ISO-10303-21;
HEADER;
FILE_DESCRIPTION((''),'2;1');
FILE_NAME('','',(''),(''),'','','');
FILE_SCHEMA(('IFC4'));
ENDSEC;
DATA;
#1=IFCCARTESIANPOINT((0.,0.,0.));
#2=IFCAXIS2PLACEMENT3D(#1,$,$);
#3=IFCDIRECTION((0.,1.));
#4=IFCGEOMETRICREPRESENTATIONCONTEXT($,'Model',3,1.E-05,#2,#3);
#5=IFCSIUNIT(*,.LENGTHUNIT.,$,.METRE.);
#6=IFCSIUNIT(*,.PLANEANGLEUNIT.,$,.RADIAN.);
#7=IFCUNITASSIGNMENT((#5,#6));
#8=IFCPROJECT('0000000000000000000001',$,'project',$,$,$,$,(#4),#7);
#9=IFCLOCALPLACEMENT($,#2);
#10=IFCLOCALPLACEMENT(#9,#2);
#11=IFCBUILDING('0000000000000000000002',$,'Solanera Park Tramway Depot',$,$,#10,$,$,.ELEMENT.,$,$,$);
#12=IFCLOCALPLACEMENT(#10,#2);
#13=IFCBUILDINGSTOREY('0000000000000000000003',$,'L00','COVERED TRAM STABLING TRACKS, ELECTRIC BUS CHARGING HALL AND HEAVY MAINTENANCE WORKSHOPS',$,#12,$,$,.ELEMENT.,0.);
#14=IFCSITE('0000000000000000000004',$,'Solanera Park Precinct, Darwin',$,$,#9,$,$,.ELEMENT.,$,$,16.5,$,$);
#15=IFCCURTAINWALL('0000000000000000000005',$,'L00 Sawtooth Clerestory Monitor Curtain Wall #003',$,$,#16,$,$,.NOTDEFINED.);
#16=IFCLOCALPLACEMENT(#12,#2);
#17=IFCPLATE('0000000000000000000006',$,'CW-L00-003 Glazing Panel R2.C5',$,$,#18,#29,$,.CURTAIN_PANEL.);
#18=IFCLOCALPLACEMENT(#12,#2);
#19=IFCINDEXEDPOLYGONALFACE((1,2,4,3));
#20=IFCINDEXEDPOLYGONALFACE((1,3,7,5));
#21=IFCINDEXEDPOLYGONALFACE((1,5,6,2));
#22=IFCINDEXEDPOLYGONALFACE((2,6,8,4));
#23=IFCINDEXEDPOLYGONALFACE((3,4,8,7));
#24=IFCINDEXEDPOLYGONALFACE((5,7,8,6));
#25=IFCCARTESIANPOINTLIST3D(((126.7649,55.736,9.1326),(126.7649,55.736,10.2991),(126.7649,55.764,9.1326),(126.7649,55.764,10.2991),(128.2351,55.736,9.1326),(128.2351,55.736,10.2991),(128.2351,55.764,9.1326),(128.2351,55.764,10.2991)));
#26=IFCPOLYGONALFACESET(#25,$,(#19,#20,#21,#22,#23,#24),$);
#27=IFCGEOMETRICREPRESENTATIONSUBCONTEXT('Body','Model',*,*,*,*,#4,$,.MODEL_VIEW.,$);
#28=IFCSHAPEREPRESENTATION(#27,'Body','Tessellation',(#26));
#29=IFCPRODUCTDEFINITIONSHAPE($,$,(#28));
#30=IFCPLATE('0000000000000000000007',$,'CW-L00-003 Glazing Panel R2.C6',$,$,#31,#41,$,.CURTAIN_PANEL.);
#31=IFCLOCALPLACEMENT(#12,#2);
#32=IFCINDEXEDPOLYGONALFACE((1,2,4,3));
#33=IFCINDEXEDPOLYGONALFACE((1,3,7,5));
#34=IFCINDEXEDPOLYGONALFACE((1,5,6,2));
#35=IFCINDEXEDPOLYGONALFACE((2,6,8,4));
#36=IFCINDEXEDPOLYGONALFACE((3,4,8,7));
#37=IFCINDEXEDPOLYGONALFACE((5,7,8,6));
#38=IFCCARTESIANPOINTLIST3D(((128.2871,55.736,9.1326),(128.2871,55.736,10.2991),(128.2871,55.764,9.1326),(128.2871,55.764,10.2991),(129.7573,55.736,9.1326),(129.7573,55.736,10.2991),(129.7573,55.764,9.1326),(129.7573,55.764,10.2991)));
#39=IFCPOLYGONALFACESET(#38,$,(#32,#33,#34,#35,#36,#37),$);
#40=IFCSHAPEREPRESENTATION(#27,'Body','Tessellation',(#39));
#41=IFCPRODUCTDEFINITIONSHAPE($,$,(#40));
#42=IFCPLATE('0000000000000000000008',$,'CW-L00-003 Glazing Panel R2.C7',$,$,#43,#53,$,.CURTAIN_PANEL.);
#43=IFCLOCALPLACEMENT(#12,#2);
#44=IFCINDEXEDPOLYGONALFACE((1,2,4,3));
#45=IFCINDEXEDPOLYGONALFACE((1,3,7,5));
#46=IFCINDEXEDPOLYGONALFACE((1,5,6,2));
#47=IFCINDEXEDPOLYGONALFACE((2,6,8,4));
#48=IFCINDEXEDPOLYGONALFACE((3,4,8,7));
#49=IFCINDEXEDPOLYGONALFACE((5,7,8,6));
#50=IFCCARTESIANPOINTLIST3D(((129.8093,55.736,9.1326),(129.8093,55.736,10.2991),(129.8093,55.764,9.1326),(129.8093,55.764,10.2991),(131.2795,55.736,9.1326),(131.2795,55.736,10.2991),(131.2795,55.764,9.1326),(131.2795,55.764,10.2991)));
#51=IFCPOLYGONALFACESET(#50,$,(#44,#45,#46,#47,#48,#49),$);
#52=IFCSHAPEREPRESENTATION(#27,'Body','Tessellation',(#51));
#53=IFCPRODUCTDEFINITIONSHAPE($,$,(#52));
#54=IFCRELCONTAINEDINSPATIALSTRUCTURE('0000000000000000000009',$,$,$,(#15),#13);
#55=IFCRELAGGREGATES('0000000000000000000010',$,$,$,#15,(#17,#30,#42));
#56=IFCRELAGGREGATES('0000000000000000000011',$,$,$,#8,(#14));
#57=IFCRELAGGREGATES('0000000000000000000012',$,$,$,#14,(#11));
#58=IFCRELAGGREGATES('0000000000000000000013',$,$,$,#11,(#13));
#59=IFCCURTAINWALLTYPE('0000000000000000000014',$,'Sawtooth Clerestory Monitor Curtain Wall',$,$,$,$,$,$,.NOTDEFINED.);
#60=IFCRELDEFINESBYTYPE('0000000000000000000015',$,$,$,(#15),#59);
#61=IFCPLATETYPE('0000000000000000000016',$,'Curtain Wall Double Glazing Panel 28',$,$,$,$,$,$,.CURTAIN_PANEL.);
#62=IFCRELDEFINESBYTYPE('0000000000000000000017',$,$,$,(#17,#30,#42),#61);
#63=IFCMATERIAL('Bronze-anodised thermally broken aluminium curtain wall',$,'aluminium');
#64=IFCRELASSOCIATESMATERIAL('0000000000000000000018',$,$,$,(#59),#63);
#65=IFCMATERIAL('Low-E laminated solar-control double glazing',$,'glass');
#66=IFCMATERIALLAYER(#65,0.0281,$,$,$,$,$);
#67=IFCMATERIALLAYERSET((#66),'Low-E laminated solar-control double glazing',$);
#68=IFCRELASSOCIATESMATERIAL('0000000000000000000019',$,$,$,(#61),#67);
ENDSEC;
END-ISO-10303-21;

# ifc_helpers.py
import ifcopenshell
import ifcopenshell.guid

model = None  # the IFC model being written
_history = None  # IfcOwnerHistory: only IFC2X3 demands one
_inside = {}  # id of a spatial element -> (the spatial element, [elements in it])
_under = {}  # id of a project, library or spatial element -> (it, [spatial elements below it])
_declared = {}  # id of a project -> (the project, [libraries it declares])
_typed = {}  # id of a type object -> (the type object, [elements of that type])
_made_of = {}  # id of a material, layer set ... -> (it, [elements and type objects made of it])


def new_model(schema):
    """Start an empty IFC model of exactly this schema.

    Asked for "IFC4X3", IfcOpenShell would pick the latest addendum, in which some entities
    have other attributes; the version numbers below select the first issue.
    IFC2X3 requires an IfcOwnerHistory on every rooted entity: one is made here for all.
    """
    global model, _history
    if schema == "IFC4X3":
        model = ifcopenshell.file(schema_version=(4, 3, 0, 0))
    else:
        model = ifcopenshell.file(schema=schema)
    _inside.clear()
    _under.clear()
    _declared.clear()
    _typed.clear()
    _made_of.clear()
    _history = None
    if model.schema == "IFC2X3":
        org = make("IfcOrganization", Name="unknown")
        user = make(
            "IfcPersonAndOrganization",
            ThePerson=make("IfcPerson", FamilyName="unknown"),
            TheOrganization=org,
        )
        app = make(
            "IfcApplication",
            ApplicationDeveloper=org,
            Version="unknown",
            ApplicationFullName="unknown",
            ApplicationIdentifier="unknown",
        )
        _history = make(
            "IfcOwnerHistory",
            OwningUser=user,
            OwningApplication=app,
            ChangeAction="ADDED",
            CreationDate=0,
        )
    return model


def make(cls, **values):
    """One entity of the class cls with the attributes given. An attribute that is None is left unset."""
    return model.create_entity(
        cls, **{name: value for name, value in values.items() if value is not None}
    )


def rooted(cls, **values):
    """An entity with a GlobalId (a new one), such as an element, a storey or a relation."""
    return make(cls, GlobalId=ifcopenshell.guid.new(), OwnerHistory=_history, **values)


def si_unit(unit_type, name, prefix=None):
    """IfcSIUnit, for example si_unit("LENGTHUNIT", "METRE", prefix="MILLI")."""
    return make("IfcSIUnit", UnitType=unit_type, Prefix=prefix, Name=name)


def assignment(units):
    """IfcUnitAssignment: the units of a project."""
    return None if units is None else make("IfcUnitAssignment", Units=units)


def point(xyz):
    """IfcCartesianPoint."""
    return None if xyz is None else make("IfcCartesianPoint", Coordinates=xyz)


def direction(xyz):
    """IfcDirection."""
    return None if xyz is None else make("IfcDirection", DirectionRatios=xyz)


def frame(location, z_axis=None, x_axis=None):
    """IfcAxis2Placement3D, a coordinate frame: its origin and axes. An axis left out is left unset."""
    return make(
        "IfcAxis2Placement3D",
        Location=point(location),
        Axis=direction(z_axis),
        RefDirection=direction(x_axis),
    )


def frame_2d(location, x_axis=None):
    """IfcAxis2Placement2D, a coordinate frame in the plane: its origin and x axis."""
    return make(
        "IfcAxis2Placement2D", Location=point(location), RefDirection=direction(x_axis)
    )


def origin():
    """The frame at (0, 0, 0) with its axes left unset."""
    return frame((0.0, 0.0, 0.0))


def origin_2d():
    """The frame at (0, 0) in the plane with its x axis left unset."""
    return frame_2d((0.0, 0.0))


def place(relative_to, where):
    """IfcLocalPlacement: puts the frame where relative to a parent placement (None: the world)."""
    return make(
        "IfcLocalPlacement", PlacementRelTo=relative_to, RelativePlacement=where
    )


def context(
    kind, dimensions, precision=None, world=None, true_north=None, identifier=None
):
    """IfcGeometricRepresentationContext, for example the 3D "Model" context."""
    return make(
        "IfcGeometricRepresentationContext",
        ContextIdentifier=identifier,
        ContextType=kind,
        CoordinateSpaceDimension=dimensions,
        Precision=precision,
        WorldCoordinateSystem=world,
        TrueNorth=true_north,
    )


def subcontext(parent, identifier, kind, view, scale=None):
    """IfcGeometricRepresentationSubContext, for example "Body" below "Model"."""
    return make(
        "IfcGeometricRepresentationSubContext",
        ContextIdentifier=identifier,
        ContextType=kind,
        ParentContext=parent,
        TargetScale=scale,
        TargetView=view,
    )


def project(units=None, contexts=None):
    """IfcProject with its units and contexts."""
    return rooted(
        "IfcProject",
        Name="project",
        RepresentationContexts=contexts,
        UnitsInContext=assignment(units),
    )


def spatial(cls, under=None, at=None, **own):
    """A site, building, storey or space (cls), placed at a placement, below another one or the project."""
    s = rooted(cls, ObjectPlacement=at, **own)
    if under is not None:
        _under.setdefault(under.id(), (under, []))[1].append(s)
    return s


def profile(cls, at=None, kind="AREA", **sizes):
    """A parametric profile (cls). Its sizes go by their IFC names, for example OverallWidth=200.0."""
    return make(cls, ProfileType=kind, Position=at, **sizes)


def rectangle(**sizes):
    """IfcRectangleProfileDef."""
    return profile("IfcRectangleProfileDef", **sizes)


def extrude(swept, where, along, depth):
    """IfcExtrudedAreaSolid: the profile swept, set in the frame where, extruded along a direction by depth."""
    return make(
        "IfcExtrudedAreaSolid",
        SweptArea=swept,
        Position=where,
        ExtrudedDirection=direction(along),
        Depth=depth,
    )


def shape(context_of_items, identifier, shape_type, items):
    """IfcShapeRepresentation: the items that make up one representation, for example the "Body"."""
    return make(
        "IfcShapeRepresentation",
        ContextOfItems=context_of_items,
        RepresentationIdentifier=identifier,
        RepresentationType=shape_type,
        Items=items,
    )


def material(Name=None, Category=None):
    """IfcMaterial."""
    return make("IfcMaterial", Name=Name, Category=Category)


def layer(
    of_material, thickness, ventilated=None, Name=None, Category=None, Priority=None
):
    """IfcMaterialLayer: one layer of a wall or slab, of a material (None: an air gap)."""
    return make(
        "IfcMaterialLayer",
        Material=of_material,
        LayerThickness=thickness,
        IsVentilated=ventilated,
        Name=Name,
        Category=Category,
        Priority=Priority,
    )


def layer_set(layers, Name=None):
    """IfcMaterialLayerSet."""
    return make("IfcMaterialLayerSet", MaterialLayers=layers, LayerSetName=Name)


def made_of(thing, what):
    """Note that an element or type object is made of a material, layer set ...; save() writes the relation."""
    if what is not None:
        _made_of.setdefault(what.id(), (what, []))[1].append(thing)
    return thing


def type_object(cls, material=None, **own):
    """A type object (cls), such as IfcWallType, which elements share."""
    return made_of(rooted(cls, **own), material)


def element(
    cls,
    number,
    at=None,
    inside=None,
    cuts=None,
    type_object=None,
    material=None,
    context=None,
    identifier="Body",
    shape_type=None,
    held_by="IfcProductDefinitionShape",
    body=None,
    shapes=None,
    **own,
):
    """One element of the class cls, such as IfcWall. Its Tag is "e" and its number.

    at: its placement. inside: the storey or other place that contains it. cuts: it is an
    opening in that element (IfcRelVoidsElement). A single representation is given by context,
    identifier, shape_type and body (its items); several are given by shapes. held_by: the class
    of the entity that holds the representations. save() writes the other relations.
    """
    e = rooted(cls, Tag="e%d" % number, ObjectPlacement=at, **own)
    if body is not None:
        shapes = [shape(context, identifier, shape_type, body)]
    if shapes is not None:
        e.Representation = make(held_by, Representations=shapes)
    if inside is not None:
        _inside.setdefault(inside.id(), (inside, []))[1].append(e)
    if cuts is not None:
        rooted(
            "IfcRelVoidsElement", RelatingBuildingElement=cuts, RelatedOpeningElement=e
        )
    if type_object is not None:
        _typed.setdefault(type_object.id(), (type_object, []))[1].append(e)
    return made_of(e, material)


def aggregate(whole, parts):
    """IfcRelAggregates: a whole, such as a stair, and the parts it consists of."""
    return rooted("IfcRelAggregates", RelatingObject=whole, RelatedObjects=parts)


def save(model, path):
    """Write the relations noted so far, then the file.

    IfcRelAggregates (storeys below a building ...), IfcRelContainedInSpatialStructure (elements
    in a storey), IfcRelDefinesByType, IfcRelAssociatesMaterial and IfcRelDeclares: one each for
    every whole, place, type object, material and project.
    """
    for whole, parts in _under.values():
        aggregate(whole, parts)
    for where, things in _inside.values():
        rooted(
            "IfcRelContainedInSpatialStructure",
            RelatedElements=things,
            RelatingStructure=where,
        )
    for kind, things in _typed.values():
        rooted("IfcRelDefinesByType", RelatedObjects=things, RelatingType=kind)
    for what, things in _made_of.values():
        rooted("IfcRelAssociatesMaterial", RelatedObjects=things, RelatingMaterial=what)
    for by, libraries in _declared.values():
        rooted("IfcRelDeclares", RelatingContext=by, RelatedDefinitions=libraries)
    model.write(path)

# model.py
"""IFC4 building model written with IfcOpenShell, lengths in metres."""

from ifc_helpers import new_model, si_unit, direction, frame, origin, origin_2d, place, context, subcontext, project, spatial, rectangle, extrude, material, layer, layer_set, type_object, element, aggregate, save


model = new_model("IFC4")

# Units and contexts
model_context = context("Model", 3, precision=1e-05, world=origin(), true_north=direction((0.0, 1.0)))
body_context = subcontext(model_context, "Body", "Model", "MODEL_VIEW")
ifc_project = project(units=[si_unit("LENGTHUNIT", "METRE"), si_unit("PLANEANGLEUNIT", "RADIAN")], contexts=[model_context])

# Site, building, storey
site_placement = place(None, origin())
site = spatial("IfcSite", under=ifc_project, at=site_placement, Name="Solanera Park Precinct, Darwin", CompositionType="ELEMENT", RefElevation=16.5)
building_placement = place(site_placement, origin())
building = spatial("IfcBuilding", under=site, at=building_placement, Name="Solanera Park Tramway Depot", CompositionType="ELEMENT")
storey_placement = place(building_placement, origin())
storey = spatial("IfcBuildingStorey", under=building, at=storey_placement, Name="L00", Description="COVERED TRAM STABLING TRACKS, ELECTRIC BUS CHARGING HALL AND HEAVY MAINTENANCE WORKSHOPS", CompositionType="ELEMENT", Elevation=0.0)

# Curtain wall, plates
ifc_material_1 = material(Name="Bronze-anodised thermally broken aluminium curtain wall", Category="aluminium")
curtain_wall_type = type_object("IfcCurtainWallType", Name="Sawtooth Clerestory Monitor Curtain Wall", PredefinedType="NOTDEFINED", material=ifc_material_1)
curtain_wall_placement = place(storey_placement, origin())
curtain_wall = element("IfcCurtainWall", 1, at=curtain_wall_placement, inside=storey, type_object=curtain_wall_type, Name="L00 Sawtooth Clerestory Monitor Curtain Wall #003", PredefinedType="NOTDEFINED")
ifc_material_2 = material(Name="Low-E laminated solar-control double glazing", Category="glass")
ifc_layer = layer(ifc_material_2, 0.0281)
ifc_layer_set = layer_set([ifc_layer], Name="Low-E laminated solar-control double glazing")
plate_type = type_object("IfcPlateType", Name="Curtain Wall Double Glazing Panel 28", PredefinedType="CURTAIN_PANEL", material=ifc_layer_set)
plate_1_placement = place(storey_placement, frame((127.5, 55.75, 9.1326), z_axis=(0.0, 0.0, 1.0), x_axis=(1.0, 0.0, 0.0)))
plate_1 = element("IfcPlate", 2, at=plate_1_placement, type_object=plate_type, Name="CW-L00-003 Glazing Panel R2.C5", PredefinedType="CURTAIN_PANEL", context=body_context, shape_type="SweptSolid", body=[
    extrude(rectangle(XDim=1.4702, YDim=0.0281, at=origin_2d()), origin(), (0.0, 0.0, 1.0), 1.1665),
])
plate_2_placement = place(storey_placement, frame((129.0222, 55.75, 9.1326), z_axis=(0.0, 0.0, 1.0), x_axis=(1.0, 0.0, 0.0)))
plate_2 = element("IfcPlate", 3, at=plate_2_placement, type_object=plate_type, Name="CW-L00-003 Glazing Panel R2.C6", PredefinedType="CURTAIN_PANEL", context=body_context, shape_type="SweptSolid", body=[
    extrude(rectangle(XDim=1.4702, YDim=0.0281, at=origin_2d()), origin(), (0.0, 0.0, 1.0), 1.1665),
])
plate_3_placement = place(storey_placement, frame((130.5444, 55.75, 9.1326), z_axis=(0.0, 0.0, 1.0), x_axis=(1.0, 0.0, 0.0)))
plate_3 = element("IfcPlate", 4, at=plate_3_placement, type_object=plate_type, Name="CW-L00-003 Glazing Panel R2.C7", PredefinedType="CURTAIN_PANEL", context=body_context, shape_type="SweptSolid", body=[
    extrude(rectangle(XDim=1.4702, YDim=0.0281, at=origin_2d()), origin(), (0.0, 0.0, 1.0), 1.1665),
])
aggregate(curtain_wall, [plate_1, plate_2, plate_3])

save(model, "model.ifc")
